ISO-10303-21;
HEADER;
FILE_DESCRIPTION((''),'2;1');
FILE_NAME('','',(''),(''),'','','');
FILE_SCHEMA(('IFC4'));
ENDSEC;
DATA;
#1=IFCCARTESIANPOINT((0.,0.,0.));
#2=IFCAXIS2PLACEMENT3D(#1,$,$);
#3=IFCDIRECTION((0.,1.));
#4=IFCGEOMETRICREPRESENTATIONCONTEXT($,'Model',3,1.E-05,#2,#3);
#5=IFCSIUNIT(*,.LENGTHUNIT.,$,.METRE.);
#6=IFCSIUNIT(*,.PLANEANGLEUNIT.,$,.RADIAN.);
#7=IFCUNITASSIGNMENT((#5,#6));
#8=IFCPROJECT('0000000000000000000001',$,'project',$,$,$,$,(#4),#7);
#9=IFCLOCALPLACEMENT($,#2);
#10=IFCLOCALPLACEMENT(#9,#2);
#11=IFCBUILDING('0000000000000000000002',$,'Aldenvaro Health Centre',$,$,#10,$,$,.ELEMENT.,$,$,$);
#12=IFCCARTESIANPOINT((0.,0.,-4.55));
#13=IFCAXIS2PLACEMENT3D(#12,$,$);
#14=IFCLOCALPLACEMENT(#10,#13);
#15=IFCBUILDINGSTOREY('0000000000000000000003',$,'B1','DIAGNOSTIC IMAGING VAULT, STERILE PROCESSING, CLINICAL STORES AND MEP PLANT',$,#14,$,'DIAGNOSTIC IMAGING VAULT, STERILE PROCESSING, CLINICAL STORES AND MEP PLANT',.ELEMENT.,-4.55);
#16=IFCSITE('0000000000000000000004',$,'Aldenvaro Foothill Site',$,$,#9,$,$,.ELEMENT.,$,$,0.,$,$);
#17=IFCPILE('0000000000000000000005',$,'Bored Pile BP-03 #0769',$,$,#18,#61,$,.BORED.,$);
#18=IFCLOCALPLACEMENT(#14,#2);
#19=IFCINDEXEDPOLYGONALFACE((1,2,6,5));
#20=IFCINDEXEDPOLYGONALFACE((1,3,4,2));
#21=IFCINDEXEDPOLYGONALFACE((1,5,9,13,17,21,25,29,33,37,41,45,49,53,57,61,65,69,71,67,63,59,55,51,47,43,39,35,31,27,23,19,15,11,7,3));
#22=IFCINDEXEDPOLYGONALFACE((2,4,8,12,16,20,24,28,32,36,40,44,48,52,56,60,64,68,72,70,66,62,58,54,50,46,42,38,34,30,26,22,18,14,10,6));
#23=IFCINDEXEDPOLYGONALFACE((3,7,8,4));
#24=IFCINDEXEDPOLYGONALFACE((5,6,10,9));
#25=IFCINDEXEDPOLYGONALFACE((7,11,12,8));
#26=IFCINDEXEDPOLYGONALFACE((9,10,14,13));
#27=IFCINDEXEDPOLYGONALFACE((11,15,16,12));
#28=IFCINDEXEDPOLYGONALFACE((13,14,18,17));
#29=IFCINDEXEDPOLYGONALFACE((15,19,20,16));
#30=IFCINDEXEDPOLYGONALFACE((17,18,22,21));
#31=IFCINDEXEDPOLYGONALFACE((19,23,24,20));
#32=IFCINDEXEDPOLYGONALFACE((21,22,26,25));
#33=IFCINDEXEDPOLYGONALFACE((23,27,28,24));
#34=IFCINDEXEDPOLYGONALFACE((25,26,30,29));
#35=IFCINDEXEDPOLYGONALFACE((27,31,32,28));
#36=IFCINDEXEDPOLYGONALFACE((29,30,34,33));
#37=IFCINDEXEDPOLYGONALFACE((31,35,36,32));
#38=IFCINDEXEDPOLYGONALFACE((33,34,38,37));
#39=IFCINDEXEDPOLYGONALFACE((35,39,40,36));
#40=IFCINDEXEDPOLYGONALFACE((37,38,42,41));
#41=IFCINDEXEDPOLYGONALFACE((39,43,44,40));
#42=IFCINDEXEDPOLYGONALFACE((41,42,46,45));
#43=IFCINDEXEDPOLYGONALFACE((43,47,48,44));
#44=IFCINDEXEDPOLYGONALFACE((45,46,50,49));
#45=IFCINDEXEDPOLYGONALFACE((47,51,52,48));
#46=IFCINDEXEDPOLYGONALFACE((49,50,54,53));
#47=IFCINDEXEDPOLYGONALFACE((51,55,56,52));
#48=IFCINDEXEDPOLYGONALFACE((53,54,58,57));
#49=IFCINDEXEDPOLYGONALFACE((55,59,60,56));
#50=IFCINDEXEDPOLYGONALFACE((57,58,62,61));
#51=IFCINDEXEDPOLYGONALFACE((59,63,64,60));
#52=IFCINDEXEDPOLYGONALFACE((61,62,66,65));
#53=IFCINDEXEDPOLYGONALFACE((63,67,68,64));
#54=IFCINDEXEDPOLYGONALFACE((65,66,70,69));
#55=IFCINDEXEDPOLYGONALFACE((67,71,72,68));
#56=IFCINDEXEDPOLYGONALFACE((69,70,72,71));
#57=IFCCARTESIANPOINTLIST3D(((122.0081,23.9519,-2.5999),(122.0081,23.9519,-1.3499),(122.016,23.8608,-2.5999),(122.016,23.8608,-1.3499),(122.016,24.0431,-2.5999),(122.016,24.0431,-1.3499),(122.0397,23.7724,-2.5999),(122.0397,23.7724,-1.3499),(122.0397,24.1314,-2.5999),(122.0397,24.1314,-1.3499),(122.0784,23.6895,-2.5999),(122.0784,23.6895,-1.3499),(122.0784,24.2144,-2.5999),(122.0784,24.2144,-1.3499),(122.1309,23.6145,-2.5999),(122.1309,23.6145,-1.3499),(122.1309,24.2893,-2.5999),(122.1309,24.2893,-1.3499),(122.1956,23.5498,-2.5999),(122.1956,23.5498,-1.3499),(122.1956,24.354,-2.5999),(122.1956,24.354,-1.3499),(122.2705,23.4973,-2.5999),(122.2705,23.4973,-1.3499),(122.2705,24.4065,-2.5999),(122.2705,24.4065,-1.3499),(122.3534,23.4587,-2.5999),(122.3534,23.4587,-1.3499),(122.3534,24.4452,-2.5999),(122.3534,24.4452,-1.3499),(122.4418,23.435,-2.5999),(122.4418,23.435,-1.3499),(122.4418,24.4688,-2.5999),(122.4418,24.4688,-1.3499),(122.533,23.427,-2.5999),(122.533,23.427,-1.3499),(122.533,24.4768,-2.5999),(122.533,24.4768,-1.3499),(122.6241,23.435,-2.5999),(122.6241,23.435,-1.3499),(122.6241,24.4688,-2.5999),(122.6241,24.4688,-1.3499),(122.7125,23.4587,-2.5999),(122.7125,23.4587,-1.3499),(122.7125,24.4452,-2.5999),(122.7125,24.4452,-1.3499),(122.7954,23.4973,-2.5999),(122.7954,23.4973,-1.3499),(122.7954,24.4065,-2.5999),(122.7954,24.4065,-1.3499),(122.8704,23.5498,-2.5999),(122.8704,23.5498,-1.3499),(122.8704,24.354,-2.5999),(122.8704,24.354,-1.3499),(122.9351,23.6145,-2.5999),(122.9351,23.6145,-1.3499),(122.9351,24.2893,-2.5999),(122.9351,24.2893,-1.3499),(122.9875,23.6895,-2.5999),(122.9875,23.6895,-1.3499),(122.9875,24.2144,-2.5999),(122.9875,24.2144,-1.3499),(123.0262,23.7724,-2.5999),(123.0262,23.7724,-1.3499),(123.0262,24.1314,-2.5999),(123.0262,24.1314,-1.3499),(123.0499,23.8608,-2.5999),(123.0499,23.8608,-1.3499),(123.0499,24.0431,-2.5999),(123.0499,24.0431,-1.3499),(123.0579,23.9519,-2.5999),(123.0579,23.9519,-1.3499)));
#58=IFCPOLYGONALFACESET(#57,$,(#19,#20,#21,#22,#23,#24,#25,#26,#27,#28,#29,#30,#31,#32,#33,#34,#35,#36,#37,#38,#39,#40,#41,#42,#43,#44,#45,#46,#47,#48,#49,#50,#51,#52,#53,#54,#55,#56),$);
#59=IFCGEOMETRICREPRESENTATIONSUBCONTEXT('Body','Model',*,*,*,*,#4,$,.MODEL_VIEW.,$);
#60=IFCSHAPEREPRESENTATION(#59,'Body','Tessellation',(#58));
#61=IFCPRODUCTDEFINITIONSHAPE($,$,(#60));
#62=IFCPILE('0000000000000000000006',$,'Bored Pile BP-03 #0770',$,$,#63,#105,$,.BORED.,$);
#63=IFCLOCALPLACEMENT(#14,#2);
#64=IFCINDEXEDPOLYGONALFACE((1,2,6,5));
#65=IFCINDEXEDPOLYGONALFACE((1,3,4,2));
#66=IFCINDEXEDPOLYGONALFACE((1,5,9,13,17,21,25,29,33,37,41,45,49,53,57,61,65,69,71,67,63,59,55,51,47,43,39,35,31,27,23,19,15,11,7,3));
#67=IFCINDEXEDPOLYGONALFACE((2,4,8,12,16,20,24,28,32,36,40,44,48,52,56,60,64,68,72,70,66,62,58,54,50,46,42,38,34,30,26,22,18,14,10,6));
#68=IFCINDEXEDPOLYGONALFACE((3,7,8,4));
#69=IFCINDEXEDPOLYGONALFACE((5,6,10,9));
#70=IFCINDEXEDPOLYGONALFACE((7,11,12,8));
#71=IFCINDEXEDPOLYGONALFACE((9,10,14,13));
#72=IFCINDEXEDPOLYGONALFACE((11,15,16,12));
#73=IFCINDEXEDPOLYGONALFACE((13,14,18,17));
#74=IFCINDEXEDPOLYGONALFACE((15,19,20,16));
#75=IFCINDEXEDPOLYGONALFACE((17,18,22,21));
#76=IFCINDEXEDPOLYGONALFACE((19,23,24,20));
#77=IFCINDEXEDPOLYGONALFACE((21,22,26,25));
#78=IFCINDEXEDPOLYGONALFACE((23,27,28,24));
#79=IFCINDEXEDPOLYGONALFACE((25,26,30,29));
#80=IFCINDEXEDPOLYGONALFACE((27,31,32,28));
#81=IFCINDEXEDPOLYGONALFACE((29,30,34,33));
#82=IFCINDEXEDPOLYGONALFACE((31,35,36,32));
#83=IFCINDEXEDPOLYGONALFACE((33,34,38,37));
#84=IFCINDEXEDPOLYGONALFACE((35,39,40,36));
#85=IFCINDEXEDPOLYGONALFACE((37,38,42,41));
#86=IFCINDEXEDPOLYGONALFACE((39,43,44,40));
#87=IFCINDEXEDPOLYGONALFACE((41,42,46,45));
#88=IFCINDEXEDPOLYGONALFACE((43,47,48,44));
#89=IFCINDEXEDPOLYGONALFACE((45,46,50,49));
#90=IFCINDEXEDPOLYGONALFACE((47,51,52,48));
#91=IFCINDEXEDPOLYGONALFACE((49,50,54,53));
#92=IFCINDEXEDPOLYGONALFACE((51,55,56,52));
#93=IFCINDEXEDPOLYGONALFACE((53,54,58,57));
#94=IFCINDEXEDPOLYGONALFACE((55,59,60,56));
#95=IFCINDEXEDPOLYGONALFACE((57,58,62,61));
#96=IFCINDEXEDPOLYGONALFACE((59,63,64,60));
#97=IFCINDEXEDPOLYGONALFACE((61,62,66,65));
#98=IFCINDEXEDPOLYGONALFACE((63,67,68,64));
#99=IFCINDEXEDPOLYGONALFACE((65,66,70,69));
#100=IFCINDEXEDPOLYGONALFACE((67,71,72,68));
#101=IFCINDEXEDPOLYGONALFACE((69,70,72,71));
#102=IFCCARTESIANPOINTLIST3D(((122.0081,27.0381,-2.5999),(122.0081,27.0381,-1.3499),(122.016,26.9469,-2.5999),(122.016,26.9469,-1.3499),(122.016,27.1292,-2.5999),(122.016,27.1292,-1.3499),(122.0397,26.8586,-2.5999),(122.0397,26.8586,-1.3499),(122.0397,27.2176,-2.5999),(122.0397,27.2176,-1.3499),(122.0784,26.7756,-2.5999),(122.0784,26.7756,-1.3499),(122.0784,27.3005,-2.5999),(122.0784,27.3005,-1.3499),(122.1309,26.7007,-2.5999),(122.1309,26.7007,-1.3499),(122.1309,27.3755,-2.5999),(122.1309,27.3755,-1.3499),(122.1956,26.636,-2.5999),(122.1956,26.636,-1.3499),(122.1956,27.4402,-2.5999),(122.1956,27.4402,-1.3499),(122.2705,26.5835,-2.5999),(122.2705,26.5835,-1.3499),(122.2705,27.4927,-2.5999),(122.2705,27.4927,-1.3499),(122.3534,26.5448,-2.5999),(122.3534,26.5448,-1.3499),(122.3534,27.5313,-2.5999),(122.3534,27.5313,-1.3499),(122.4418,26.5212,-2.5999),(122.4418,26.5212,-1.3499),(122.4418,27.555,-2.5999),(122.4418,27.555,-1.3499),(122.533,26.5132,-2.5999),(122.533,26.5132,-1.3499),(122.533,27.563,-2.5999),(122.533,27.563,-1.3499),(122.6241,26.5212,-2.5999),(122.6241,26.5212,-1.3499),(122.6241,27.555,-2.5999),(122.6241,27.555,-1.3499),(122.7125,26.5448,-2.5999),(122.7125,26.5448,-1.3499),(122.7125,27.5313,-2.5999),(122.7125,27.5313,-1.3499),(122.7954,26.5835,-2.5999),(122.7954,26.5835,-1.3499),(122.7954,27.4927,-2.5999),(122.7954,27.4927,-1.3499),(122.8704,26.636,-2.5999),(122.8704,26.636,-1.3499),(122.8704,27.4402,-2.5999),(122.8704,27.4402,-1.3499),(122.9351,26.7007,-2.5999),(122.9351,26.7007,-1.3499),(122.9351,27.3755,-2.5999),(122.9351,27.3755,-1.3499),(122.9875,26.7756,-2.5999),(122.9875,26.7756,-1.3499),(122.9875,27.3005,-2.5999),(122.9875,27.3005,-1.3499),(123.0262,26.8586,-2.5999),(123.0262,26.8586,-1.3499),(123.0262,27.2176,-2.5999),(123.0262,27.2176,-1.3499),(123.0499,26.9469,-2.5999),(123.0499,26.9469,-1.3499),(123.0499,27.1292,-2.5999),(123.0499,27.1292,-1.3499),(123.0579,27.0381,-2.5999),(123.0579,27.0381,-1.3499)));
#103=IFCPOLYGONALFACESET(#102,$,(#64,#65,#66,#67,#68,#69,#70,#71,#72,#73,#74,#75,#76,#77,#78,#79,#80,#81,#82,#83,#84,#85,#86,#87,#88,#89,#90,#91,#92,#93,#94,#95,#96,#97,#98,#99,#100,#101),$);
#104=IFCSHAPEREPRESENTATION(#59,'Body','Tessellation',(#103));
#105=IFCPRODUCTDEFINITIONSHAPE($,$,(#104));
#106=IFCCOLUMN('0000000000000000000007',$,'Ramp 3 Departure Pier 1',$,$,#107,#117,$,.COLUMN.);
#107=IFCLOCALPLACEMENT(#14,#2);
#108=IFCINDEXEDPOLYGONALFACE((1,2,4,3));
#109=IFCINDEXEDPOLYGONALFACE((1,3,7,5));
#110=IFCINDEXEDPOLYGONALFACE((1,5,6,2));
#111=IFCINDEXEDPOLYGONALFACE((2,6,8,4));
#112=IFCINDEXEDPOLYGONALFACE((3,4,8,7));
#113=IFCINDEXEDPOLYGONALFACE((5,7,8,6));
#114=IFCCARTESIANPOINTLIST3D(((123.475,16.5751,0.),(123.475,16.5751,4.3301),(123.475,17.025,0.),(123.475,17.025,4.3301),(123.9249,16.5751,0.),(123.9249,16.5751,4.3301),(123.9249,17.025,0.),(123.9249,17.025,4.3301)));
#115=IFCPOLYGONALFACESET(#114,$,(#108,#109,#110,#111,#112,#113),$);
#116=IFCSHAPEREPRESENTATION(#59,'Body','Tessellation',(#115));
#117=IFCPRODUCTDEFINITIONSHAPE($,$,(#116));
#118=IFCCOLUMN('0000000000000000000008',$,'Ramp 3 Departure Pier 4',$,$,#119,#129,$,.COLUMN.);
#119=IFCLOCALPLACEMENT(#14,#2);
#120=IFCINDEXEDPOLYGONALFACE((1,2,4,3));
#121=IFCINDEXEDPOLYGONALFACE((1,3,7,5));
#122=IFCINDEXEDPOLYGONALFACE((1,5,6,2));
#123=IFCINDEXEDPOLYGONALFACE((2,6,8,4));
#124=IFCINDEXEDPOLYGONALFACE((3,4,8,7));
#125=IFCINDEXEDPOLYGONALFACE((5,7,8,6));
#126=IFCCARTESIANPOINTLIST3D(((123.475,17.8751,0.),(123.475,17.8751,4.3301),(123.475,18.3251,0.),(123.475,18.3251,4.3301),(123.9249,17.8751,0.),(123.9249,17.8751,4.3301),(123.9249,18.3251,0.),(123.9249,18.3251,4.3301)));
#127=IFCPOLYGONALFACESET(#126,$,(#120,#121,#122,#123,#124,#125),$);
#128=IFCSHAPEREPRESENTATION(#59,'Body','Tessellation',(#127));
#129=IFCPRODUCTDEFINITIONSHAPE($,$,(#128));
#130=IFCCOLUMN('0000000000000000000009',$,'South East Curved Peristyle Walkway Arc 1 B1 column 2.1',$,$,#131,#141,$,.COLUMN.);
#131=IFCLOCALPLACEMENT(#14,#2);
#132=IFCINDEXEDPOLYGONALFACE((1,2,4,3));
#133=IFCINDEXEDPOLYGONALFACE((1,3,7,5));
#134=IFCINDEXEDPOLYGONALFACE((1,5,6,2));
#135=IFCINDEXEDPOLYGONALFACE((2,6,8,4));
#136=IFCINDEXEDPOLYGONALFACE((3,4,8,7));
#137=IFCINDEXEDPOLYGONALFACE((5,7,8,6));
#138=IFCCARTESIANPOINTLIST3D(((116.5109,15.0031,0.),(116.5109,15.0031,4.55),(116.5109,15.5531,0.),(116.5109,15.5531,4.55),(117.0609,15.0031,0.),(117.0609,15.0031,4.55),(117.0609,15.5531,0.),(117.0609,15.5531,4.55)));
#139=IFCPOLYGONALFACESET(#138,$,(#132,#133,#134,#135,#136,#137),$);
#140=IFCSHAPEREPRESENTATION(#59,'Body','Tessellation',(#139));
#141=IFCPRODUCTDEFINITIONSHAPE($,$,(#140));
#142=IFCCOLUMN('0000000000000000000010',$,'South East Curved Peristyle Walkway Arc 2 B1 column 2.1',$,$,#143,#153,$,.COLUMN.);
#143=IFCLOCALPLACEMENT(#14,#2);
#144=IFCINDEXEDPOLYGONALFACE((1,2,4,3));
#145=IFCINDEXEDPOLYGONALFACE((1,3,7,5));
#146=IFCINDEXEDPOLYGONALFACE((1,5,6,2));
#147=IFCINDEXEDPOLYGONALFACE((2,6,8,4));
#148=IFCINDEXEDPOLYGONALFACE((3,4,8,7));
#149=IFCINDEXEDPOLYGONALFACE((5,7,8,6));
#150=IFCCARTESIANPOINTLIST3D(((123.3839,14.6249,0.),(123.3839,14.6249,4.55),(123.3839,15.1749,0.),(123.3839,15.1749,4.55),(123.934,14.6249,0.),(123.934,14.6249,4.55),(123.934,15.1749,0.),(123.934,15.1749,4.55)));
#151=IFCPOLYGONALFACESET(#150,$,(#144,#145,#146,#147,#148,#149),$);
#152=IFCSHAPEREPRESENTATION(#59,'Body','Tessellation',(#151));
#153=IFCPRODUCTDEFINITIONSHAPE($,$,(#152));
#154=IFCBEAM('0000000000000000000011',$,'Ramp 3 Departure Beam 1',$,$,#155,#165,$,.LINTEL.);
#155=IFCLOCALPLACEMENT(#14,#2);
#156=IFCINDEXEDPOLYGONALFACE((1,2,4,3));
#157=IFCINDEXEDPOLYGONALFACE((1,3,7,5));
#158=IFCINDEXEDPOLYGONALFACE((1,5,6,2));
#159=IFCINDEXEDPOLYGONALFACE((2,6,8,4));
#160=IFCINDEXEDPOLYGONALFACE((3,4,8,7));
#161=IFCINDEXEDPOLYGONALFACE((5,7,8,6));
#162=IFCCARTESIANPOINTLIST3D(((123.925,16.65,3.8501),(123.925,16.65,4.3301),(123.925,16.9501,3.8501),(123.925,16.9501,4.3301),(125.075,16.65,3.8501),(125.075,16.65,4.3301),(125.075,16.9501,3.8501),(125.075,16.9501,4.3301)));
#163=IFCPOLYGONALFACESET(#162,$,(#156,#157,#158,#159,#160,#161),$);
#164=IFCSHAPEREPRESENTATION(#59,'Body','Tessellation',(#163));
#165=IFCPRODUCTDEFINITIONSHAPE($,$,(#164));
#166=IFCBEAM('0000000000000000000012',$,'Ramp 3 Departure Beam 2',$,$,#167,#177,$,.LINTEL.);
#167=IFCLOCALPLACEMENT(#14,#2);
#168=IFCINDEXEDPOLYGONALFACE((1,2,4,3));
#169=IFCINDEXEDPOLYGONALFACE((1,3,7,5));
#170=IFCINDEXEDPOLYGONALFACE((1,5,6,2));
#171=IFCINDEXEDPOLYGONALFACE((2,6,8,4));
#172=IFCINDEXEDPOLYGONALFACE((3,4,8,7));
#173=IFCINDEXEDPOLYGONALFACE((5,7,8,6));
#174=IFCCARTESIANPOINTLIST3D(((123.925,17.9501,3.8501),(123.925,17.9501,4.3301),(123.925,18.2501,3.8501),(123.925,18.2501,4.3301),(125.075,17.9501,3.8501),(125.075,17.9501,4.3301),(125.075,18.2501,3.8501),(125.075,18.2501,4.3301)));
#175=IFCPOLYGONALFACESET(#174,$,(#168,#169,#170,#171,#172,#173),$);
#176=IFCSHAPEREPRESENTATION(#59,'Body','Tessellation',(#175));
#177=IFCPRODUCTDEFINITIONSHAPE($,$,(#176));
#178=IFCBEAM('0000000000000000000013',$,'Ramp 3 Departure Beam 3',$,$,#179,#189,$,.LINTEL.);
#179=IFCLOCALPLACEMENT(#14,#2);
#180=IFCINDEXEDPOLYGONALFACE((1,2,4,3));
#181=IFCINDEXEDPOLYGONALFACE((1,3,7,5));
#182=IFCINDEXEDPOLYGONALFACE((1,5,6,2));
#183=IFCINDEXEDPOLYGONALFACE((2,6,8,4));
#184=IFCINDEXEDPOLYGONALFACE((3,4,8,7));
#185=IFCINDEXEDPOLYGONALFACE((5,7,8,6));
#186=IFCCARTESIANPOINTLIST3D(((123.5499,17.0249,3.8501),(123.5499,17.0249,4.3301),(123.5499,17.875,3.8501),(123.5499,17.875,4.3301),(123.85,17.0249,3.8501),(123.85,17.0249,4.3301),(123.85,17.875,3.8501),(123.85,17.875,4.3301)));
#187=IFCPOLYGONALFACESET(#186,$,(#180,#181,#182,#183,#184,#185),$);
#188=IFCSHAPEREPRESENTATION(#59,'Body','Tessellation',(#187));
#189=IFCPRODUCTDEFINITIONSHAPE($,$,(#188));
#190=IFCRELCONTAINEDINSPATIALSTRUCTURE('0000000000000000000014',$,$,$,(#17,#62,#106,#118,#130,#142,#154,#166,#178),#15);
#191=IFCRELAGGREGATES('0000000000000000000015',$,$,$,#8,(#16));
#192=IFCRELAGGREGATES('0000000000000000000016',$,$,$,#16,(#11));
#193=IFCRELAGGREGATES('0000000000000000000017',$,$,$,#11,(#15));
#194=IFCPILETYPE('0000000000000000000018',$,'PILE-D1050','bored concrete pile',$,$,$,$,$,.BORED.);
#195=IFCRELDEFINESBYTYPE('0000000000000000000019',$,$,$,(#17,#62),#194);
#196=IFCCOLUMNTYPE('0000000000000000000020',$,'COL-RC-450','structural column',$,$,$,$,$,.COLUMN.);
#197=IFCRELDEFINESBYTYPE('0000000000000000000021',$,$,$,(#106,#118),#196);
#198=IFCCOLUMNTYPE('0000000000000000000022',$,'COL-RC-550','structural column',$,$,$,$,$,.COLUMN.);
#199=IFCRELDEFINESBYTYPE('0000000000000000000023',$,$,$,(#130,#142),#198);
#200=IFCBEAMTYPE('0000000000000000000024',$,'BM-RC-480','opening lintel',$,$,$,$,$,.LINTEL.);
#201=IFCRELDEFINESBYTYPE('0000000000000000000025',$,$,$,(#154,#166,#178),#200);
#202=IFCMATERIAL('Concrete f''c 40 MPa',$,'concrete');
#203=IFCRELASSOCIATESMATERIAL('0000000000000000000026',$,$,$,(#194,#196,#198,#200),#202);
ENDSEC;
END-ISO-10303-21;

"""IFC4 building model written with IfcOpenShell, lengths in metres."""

from ifc_helpers import new_model, si_unit, direction, frame, origin, origin_2d, place, context, subcontext, project, spatial, rectangle, circle, extrude, material, material_profile, profile_set, type_object, element, save


model = new_model("IFC4")

# Units and contexts
model_context = context("Model", 3, precision=1e-05, world=origin(), true_north=direction((0.0, 1.0)))
body_context = subcontext(model_context, "Body", "Model", "MODEL_VIEW")
ifc_project = project(units=[si_unit("LENGTHUNIT", "METRE"), si_unit("PLANEANGLEUNIT", "RADIAN")], contexts=[model_context])

# Site, building, storey
site_placement = place(None, origin())
site = spatial("IfcSite", under=ifc_project, at=site_placement, Name="Aldenvaro Foothill Site", CompositionType="ELEMENT", RefElevation=0.0)
building_placement = place(site_placement, origin())
building = spatial("IfcBuilding", under=site, at=building_placement, Name="Aldenvaro Health Centre", CompositionType="ELEMENT")
storey_placement = place(building_placement, frame((0.0, 0.0, -4.55)))
storey = spatial("IfcBuildingStorey", under=building, at=storey_placement, Name="B1", Description="DIAGNOSTIC IMAGING VAULT, STERILE PROCESSING, CLINICAL STORES AND MEP PLANT", LongName="DIAGNOSTIC IMAGING VAULT, STERILE PROCESSING, CLINICAL STORES AND MEP PLANT", CompositionType="ELEMENT", Elevation=-4.55)

# Piles
ifc_material_1 = material(Name="Concrete f'c 40 MPa", Category="concrete")
ifc_material_profile_1 = material_profile(ifc_material_1, circle(Radius=0.5249, at=origin_2d()), Name="PILE D1050", Category="concrete")
ifc_profile_set_1 = profile_set([ifc_material_profile_1], Name="Concrete f'c 40 MPa")
pile_type = type_object("IfcPileType", Name="PILE-D1050", Description="bored concrete pile", PredefinedType="BORED", material=ifc_profile_set_1)
for number, where, z_axis, x_axis, name in (
    (1, (122.533, 23.9519, -1.3499), (0.0, 0.0, -1.0), (1.0, 0.0, 0.0), "Bored Pile BP-03 #0769"),
    (2, (122.533, 27.0381, -1.3499), (0.0, 0.0, -1.0), (1.0, 0.0, 0.0), "Bored Pile BP-03 #0770"),
):
    element("IfcPile", number, at=place(storey_placement, frame(where, z_axis=z_axis, x_axis=x_axis)), inside=storey, type_object=pile_type, Name=name, PredefinedType="BORED", context=body_context, shape_type="SweptSolid", body=[
        extrude(circle(Radius=0.5249, at=origin_2d()), origin(), (0.0, 0.0, 1.0), 1.25),
    ])

# Columns
ifc_material_profile_2 = material_profile(ifc_material_1, rectangle(XDim=0.45, YDim=0.45, at=origin_2d()), Name="RC 450x450", Category="concrete")
ifc_profile_set_2 = profile_set([ifc_material_profile_2], Name="Concrete f'c 40 MPa")
column_type_1 = type_object("IfcColumnType", Name="COL-RC-450", Description="structural column", PredefinedType="COLUMN", material=ifc_profile_set_2)
for number, where, z_axis, x_axis, name in (
    (3, (123.7, 16.8, 0.0), (0.0, 0.0, 1.0), (1.0, 0.0, 0.0), "Ramp 3 Departure Pier 1"),
    (4, (123.7, 18.1001, 0.0), (0.0, 0.0, 1.0), (1.0, 0.0, 0.0), "Ramp 3 Departure Pier 4"),
):
    element("IfcColumn", number, at=place(storey_placement, frame(where, z_axis=z_axis, x_axis=x_axis)), inside=storey, type_object=column_type_1, Name=name, PredefinedType="COLUMN", context=body_context, shape_type="SweptSolid", body=[
        extrude(rectangle(XDim=0.45, YDim=0.45, at=origin_2d()), origin(), (0.0, 0.0, 1.0), 4.3301),
    ])
ifc_material_profile_3 = material_profile(ifc_material_1, rectangle(XDim=0.55, YDim=0.55, at=origin_2d()), Name="RC 550x550", Category="concrete")
ifc_profile_set_3 = profile_set([ifc_material_profile_3], Name="Concrete f'c 40 MPa")
column_type_2 = type_object("IfcColumnType", Name="COL-RC-550", Description="structural column", PredefinedType="COLUMN", material=ifc_profile_set_3)
for number, where, z_axis, x_axis, name in (
    (5, (116.7859, 15.2781, 0.0), (0.0, 0.0, 1.0), (1.0, 0.0, 0.0), "South East Curved Peristyle Walkway Arc 1 B1 column 2.1"),
    (6, (123.6589, 14.8999, 0.0), (0.0, 0.0, 1.0), (1.0, 0.0, 0.0), "South East Curved Peristyle Walkway Arc 2 B1 column 2.1"),
):
    element("IfcColumn", number, at=place(storey_placement, frame(where, z_axis=z_axis, x_axis=x_axis)), inside=storey, type_object=column_type_2, Name=name, PredefinedType="COLUMN", context=body_context, shape_type="SweptSolid", body=[
        extrude(rectangle(XDim=0.55, YDim=0.55, at=origin_2d()), origin(), (0.0, 0.0, 1.0), 4.55),
    ])

# Beams
ifc_material_profile_4 = material_profile(ifc_material_1, rectangle(XDim=0.3, YDim=0.48, at=origin_2d()), Name="RC 300x480", Category="concrete")
ifc_profile_set_4 = profile_set([ifc_material_profile_4], Name="Concrete f'c 40 MPa")
beam_type_1 = type_object("IfcBeamType", Name="BM-RC-480", Description="opening lintel", PredefinedType="LINTEL", material=ifc_profile_set_4)
for number, where, z_axis, x_axis, name in (
    (7, (123.925, 16.8, 4.0901), (1.0, 0.0, 0.0), (0.0, 1.0, 0.0), "Ramp 3 Departure Beam 1"),
    (8, (125.075, 18.1001, 4.0901), (-1.0, 0.0, 0.0), (0.0, -1.0, 0.0), "Ramp 3 Departure Beam 2"),
):
    element("IfcBeam", number, at=place(storey_placement, frame(where, z_axis=z_axis, x_axis=x_axis)), inside=storey, type_object=beam_type_1, Name=name, PredefinedType="LINTEL", context=body_context, shape_type="SweptSolid", body=[
        extrude(rectangle(XDim=0.3, YDim=0.48, at=origin_2d()), origin(), (0.0, 0.0, 1.0), 1.1499),
    ])
beam_1_placement = place(storey_placement, frame((123.7, 17.0249, 4.0901), z_axis=(0.0, 1.0, 0.0), x_axis=(-1.0, 0.0, 0.0)))
element("IfcBeam", 9, at=beam_1_placement, inside=storey, type_object=beam_type_1, Name="Ramp 3 Departure Beam 3", PredefinedType="LINTEL", context=body_context, shape_type="SweptSolid", body=[
    extrude(rectangle(XDim=0.3, YDim=0.48, at=origin_2d()), origin(), (0.0, 0.0, 1.0), 0.8501),
])

save(model, "model.ifc")
